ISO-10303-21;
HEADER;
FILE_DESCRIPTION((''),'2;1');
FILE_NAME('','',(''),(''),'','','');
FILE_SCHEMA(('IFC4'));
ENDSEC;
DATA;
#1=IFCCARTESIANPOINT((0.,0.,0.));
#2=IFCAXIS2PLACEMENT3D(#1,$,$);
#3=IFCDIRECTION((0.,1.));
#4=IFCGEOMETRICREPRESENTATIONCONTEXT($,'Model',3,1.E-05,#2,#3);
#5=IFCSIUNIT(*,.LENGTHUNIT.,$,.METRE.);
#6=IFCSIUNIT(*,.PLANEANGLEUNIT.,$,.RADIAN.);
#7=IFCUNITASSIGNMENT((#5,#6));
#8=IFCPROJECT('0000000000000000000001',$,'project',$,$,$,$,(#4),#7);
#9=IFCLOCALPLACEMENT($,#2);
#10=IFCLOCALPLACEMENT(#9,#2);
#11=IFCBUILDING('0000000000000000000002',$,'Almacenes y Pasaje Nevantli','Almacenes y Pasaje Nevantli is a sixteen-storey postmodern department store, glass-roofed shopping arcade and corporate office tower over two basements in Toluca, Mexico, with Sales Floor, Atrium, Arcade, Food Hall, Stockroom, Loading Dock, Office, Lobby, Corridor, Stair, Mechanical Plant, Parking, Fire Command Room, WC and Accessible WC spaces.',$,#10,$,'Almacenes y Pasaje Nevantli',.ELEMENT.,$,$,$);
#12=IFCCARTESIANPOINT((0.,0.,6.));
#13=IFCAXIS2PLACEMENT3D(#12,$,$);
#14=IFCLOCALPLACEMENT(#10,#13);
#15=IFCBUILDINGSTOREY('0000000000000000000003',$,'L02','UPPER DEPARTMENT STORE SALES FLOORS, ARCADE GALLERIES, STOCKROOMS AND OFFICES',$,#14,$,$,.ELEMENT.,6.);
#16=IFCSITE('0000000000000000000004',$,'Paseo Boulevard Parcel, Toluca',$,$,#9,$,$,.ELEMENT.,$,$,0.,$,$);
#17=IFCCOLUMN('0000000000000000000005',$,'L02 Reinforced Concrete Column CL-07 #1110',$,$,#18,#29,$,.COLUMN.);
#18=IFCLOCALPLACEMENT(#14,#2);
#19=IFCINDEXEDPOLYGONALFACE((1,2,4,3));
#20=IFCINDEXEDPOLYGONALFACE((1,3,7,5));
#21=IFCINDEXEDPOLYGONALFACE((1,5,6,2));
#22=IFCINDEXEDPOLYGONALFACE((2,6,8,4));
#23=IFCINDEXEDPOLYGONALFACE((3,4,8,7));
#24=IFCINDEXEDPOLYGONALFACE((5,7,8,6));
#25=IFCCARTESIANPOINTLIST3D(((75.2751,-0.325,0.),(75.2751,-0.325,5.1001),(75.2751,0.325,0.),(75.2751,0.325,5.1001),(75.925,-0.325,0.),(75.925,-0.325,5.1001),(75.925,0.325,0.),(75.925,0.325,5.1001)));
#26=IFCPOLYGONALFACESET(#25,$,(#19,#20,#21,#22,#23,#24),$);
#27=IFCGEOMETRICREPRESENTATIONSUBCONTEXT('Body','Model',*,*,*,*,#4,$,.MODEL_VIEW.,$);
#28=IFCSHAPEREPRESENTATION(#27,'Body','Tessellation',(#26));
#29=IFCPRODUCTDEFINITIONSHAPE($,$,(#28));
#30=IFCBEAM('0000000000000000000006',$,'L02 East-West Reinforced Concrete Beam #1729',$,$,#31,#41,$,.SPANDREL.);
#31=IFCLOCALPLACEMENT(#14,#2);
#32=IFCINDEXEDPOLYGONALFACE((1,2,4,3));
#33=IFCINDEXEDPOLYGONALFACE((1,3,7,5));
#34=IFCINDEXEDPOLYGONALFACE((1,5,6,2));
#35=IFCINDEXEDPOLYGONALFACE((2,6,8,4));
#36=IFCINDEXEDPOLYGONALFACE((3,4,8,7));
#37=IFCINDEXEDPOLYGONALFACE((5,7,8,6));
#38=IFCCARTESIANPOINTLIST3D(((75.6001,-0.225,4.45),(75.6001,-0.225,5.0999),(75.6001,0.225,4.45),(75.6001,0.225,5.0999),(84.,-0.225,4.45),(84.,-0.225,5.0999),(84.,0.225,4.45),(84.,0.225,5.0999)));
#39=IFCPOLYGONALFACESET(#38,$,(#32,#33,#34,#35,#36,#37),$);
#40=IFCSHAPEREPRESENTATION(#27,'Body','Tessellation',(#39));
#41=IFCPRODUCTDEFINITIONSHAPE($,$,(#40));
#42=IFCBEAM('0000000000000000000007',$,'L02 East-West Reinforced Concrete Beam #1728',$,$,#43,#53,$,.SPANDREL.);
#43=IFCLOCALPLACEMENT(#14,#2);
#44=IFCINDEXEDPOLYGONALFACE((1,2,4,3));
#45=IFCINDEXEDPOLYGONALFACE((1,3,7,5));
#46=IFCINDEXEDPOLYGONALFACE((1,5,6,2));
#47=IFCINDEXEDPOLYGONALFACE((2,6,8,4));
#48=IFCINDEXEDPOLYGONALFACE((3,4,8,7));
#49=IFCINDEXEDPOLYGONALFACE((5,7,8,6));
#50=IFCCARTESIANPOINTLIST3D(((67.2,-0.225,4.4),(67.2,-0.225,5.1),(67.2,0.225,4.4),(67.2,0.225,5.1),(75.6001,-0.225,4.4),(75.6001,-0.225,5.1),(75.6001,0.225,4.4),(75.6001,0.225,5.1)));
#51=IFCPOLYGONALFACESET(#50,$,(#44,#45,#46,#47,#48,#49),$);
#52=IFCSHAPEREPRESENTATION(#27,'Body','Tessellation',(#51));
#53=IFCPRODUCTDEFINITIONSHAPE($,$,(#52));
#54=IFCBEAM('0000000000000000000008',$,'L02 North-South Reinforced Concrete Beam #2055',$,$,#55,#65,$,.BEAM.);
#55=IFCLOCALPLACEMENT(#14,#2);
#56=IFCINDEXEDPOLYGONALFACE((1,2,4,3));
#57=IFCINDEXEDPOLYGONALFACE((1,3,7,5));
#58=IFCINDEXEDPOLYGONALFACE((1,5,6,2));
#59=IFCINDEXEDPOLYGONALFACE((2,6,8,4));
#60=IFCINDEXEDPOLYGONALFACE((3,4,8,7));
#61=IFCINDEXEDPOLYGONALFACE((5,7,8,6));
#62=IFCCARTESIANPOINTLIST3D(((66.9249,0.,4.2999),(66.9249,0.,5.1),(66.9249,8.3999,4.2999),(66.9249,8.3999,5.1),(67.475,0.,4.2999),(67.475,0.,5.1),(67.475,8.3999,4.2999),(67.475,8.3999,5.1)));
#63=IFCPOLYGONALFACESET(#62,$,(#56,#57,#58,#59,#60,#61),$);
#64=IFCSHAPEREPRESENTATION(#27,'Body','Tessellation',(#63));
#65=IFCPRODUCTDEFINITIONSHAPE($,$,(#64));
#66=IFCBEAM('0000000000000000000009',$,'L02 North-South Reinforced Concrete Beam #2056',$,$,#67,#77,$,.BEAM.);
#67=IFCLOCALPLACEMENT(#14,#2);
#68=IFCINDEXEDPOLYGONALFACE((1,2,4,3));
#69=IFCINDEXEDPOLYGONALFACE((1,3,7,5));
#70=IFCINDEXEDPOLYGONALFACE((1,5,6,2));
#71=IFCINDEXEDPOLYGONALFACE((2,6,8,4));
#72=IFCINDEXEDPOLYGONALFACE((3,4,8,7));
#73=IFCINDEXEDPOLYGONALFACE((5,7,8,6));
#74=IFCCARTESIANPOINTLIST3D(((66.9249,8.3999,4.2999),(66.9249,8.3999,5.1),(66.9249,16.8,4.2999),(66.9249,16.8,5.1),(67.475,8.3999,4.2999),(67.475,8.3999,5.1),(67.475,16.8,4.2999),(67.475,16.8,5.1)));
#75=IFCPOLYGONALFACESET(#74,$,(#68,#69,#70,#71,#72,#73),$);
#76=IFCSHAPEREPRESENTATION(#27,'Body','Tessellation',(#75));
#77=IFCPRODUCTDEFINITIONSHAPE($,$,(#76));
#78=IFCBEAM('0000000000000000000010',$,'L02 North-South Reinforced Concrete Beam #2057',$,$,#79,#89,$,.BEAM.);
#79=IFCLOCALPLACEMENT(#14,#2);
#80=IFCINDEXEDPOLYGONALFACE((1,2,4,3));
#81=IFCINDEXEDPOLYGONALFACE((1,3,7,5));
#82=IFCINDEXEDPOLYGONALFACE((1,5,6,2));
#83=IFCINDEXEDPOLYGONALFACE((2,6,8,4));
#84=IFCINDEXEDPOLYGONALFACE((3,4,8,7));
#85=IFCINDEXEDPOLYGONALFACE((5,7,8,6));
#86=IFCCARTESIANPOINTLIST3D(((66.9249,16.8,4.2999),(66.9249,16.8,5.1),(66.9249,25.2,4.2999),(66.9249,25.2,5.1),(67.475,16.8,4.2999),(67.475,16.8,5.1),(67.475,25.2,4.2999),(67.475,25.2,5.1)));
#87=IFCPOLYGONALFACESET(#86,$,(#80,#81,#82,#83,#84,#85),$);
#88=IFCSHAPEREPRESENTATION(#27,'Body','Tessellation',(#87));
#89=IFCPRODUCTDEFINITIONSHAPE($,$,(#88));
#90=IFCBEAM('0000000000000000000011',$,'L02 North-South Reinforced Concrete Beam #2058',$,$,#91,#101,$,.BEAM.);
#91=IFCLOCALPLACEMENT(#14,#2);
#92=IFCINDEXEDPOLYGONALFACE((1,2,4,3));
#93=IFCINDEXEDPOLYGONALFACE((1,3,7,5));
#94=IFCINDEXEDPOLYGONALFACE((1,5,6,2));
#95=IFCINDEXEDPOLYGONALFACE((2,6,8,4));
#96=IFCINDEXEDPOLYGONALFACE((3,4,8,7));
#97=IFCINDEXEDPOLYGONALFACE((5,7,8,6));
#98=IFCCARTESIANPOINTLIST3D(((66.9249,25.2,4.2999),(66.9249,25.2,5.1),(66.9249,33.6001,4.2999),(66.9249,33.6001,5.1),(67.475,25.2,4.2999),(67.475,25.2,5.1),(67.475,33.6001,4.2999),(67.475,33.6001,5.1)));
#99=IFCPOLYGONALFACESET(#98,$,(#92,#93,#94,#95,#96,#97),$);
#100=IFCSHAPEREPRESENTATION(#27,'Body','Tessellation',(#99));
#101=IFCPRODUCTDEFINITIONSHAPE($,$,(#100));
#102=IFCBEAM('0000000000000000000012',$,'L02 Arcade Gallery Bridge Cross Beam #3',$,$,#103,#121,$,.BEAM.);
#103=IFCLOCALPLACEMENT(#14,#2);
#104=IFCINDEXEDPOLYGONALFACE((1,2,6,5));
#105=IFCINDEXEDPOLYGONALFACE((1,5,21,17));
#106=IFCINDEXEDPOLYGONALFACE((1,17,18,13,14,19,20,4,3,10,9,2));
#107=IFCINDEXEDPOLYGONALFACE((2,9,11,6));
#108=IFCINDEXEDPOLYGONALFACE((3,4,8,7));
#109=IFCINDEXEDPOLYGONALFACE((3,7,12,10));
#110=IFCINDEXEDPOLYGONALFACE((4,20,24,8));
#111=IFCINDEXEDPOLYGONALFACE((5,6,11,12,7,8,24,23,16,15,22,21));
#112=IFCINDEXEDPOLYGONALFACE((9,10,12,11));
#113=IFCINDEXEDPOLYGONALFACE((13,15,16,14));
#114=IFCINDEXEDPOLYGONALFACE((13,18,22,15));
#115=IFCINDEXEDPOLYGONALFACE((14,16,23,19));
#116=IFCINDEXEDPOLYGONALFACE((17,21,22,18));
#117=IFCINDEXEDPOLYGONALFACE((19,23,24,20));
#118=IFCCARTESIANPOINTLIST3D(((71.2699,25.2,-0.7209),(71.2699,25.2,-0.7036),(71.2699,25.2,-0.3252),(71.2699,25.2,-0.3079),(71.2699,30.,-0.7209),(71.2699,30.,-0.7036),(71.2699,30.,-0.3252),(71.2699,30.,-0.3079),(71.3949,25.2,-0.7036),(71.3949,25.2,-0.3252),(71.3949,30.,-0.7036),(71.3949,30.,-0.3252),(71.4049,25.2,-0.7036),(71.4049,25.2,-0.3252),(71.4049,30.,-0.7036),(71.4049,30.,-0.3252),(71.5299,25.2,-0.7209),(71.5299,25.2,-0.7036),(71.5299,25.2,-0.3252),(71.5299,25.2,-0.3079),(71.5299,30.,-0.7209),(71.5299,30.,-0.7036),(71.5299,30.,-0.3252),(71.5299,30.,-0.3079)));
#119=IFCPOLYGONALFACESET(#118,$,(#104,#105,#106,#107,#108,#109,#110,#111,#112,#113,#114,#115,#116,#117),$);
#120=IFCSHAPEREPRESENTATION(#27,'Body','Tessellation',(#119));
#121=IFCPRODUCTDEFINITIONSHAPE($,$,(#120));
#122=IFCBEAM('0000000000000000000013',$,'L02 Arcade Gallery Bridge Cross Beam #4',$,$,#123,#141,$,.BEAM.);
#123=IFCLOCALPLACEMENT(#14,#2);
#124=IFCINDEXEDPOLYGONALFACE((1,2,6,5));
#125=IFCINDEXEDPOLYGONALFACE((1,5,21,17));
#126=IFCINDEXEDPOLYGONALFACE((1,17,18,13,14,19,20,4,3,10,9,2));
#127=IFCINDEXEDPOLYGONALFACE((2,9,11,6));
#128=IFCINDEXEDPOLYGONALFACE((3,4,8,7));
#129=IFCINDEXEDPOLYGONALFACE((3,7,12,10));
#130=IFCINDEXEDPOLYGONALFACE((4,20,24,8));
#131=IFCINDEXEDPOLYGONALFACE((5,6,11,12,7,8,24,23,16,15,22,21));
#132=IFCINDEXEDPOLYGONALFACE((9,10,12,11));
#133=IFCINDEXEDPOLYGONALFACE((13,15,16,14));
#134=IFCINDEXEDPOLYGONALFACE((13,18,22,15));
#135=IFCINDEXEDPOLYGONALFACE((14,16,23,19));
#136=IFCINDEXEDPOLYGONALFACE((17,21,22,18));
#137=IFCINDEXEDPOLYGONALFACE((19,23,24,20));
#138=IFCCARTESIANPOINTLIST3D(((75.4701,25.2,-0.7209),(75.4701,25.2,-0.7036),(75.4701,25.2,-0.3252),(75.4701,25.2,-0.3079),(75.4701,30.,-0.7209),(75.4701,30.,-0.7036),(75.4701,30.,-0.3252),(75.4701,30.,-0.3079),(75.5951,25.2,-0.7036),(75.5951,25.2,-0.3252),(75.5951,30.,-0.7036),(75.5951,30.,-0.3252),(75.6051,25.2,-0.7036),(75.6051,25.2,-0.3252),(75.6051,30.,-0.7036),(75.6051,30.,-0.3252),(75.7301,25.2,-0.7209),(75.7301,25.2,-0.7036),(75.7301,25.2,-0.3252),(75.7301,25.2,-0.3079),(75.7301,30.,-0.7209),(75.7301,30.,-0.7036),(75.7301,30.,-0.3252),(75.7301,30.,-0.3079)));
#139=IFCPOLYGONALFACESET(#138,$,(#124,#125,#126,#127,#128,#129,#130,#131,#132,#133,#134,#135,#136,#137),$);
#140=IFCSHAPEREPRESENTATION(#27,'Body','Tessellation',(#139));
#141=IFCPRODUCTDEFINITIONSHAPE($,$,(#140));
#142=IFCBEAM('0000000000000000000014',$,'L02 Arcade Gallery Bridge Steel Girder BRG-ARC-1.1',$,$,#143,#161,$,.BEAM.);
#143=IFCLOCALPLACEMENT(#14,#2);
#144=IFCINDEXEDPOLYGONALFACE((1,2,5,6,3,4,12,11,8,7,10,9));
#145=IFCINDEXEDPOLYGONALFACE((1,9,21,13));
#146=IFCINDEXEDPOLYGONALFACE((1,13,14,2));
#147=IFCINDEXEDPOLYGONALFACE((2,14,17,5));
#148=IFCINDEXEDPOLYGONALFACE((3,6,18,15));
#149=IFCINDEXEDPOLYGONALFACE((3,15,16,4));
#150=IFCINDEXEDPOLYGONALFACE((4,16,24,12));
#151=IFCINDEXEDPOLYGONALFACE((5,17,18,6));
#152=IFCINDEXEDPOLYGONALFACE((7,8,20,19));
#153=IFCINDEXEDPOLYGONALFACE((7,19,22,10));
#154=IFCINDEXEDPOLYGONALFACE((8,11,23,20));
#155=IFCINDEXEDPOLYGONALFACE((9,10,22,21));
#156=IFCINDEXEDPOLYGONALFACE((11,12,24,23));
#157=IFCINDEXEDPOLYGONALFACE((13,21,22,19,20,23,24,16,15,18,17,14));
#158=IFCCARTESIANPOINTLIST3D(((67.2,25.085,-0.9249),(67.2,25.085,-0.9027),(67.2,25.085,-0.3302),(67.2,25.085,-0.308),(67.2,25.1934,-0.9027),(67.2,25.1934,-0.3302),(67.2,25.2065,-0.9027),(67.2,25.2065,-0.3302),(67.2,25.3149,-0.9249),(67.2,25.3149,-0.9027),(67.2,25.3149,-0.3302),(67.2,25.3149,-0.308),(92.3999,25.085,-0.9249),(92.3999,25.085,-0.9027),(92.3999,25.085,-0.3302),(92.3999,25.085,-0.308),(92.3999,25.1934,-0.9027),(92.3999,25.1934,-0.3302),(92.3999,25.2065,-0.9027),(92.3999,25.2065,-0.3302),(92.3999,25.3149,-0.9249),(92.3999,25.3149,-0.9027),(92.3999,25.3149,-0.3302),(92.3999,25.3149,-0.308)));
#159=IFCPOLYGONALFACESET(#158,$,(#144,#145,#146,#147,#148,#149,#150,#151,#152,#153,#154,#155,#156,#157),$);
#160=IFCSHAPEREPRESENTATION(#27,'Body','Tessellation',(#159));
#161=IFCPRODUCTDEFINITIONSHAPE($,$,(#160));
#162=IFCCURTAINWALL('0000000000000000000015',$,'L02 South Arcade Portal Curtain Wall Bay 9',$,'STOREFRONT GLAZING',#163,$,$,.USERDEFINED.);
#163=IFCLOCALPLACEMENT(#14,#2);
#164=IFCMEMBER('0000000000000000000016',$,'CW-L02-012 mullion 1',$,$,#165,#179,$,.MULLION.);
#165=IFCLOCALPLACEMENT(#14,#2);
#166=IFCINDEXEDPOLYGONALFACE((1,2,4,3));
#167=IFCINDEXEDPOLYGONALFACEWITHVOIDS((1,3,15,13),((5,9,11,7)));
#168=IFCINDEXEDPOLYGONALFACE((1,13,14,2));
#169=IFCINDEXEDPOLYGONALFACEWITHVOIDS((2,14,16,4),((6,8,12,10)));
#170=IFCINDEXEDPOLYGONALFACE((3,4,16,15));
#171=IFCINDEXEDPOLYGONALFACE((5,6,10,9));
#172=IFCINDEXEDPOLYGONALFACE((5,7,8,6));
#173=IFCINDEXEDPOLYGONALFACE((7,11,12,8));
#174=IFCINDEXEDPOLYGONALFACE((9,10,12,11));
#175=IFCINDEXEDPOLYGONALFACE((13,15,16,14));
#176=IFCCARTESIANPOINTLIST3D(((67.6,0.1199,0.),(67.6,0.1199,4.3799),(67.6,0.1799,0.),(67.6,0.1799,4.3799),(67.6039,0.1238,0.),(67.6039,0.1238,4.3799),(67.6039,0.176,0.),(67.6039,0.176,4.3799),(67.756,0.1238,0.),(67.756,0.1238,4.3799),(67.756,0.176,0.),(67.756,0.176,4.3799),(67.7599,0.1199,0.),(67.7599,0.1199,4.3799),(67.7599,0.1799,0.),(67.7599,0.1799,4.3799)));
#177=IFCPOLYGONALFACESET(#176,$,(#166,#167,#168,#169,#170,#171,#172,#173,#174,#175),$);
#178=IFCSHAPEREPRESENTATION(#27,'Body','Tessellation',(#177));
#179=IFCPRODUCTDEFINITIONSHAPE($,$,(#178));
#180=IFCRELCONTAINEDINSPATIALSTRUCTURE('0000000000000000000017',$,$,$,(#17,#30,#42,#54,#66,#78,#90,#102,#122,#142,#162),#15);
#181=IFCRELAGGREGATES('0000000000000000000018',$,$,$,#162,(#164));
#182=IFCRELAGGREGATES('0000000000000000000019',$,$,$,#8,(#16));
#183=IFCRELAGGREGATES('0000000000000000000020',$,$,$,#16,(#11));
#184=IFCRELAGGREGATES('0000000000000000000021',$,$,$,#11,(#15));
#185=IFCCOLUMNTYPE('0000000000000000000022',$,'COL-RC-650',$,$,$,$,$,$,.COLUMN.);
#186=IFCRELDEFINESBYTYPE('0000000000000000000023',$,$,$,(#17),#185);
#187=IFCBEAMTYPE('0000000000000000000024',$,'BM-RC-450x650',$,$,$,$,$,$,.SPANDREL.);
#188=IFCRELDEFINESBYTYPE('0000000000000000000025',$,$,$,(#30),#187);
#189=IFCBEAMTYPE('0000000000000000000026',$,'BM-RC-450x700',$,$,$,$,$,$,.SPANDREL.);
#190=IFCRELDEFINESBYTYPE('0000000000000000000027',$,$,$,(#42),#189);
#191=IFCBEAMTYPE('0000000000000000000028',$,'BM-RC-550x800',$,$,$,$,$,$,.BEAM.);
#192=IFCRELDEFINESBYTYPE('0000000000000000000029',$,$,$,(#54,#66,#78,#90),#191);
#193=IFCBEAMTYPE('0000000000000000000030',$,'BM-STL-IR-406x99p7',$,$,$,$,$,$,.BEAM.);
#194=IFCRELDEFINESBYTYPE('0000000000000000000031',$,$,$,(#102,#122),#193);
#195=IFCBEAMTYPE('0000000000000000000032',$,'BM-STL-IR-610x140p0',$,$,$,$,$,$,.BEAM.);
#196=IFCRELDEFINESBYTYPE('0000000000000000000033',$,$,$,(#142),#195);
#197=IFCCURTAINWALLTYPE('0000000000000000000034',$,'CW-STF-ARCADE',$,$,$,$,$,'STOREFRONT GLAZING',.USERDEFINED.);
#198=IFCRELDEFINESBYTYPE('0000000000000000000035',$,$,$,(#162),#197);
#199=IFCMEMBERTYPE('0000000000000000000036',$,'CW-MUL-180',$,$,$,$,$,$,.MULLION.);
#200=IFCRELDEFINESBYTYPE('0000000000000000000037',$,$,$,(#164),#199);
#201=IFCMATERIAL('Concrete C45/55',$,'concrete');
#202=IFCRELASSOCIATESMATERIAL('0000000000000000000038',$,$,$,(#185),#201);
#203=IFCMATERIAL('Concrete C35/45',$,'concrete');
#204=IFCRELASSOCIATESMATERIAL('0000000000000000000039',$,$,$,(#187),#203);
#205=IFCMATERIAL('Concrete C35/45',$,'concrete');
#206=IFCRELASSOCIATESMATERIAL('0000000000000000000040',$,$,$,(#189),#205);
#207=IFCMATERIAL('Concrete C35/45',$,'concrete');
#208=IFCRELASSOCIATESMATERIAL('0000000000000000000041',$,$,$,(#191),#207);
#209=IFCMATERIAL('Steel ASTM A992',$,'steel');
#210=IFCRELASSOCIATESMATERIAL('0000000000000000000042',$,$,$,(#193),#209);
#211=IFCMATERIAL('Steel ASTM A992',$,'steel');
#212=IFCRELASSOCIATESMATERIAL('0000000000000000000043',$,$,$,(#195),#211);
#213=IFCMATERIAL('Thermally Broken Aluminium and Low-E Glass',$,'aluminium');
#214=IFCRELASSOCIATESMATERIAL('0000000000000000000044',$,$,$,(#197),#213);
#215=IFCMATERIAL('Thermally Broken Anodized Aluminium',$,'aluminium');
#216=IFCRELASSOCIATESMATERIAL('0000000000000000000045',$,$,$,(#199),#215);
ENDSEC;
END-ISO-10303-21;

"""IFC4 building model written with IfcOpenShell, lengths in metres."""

from ifc_helpers import new_model, si_unit, direction, frame, origin, origin_2d, place, context, subcontext, project, spatial, rectangle, hollow_rectangle, i_section, extrude, material, material_profile, profile_set, type_object, element, aggregate, save


model = new_model("IFC4")

# Units and contexts
model_context = context("Model", 3, precision=1e-05, world=origin(), true_north=direction((0.0, 1.0)))
body_context = subcontext(model_context, "Body", "Model", "MODEL_VIEW")
ifc_project = project(units=[si_unit("LENGTHUNIT", "METRE"), si_unit("PLANEANGLEUNIT", "RADIAN")], contexts=[model_context])

# Site, building, storey
site_placement = place(None, origin())
site = spatial("IfcSite", under=ifc_project, at=site_placement, Name="Paseo Boulevard Parcel, Toluca", CompositionType="ELEMENT", RefElevation=0.0)
building_placement = place(site_placement, origin())
building = spatial("IfcBuilding", under=site, at=building_placement, Name="Almacenes y Pasaje Nevantli", Description="Almacenes y Pasaje Nevantli is a sixteen-storey postmodern department store, glass-roofed shopping arcade and corporate office tower over two basements in Toluca, Mexico, with Sales Floor, Atrium, Arcade, Food Hall, Stockroom, Loading Dock, Office, Lobby, Corridor, Stair, Mechanical Plant, Parking, Fire Command Room, WC and Accessible WC spaces.", LongName="Almacenes y Pasaje Nevantli", CompositionType="ELEMENT")
storey_placement = place(building_placement, frame((0.0, 0.0, 6.0)))
storey = spatial("IfcBuildingStorey", under=building, at=storey_placement, Name="L02", Description="UPPER DEPARTMENT STORE SALES FLOORS, ARCADE GALLERIES, STOCKROOMS AND OFFICES", CompositionType="ELEMENT", Elevation=6.0)

# Column
ifc_material_1 = material(Name="Concrete C45/55", Category="concrete")
ifc_material_profile_1 = material_profile(ifc_material_1, rectangle(XDim=0.6499, YDim=0.6499, at=origin_2d()), Name="RC-COL-650x650")
ifc_profile_set_1 = profile_set([ifc_material_profile_1], Name="Concrete C45/55")
column_type = type_object("IfcColumnType", Name="COL-RC-650", PredefinedType="COLUMN", material=ifc_profile_set_1)
column_placement = place(storey_placement, frame((75.6001, 0.0, 0.0), z_axis=(0.0, 0.0, 1.0), x_axis=(1.0, 0.0, 0.0)))
element("IfcColumn", 1, at=column_placement, inside=storey, type_object=column_type, Name="L02 Reinforced Concrete Column CL-07 #1110", PredefinedType="COLUMN", context=body_context, shape_type="SweptSolid", body=[
    extrude(rectangle(XDim=0.6499, YDim=0.6499, at=origin_2d()), origin(), (0.0, 0.0, 1.0), 5.1001),
])

# Beams
ifc_material_2 = material(Name="Concrete C35/45", Category="concrete")
ifc_material_profile_2 = material_profile(ifc_material_2, rectangle(XDim=0.45, YDim=0.6499, at=origin_2d()), Name="RC-BM-450x650")
ifc_profile_set_2 = profile_set([ifc_material_profile_2], Name="Concrete C35/45")
beam_type_1 = type_object("IfcBeamType", Name="BM-RC-450x650", PredefinedType="SPANDREL", material=ifc_profile_set_2)
beam_1_placement = place(storey_placement, frame((75.6001, 0.0, 4.7749), z_axis=(1.0, 0.0, 0.0), x_axis=(0.0, 1.0, 0.0)))
element("IfcBeam", 2, at=beam_1_placement, inside=storey, type_object=beam_type_1, Name="L02 East-West Reinforced Concrete Beam #1729", PredefinedType="SPANDREL", context=body_context, shape_type="SweptSolid", body=[
    extrude(rectangle(XDim=0.45, YDim=0.6499, at=origin_2d()), origin(), (0.0, 0.0, 1.0), 8.3999),
])
ifc_material_3 = material(Name="Concrete C35/45", Category="concrete")
ifc_material_profile_3 = material_profile(ifc_material_3, rectangle(XDim=0.45, YDim=0.7, at=origin_2d()), Name="RC-BM-450x700")
ifc_profile_set_3 = profile_set([ifc_material_profile_3], Name="Concrete C35/45")
beam_type_2 = type_object("IfcBeamType", Name="BM-RC-450x700", PredefinedType="SPANDREL", material=ifc_profile_set_3)
beam_2_placement = place(storey_placement, frame((67.2, 0.0, 4.75), z_axis=(1.0, 0.0, 0.0), x_axis=(0.0, 1.0, 0.0)))
element("IfcBeam", 3, at=beam_2_placement, inside=storey, type_object=beam_type_2, Name="L02 East-West Reinforced Concrete Beam #1728", PredefinedType="SPANDREL", context=body_context, shape_type="SweptSolid", body=[
    extrude(rectangle(XDim=0.45, YDim=0.7, at=origin_2d()), origin(), (0.0, 0.0, 1.0), 8.4001),
])
ifc_material_4 = material(Name="Concrete C35/45", Category="concrete")
ifc_material_profile_4 = material_profile(ifc_material_4, rectangle(XDim=0.55, YDim=0.8, at=origin_2d()), Name="RC-BM-550x800")
ifc_profile_set_4 = profile_set([ifc_material_profile_4], Name="Concrete C35/45")
beam_type_3 = type_object("IfcBeamType", Name="BM-RC-550x800", PredefinedType="BEAM", material=ifc_profile_set_4)
beam_3_placement = place(storey_placement, frame((67.2, 0.0, 4.7), z_axis=(0.0, 1.0, 0.0), x_axis=(-1.0, 0.0, 0.0)))
element("IfcBeam", 4, at=beam_3_placement, inside=storey, type_object=beam_type_3, Name="L02 North-South Reinforced Concrete Beam #2055", PredefinedType="BEAM", context=body_context, shape_type="SweptSolid", body=[
    extrude(rectangle(XDim=0.55, YDim=0.8, at=origin_2d()), origin(), (0.0, 0.0, 1.0), 8.3999),
])
beam_4_placement = place(storey_placement, frame((67.2, 8.3999, 4.7), z_axis=(0.0, 1.0, 0.0), x_axis=(-1.0, 0.0, 0.0)))
element("IfcBeam", 5, at=beam_4_placement, inside=storey, type_object=beam_type_3, Name="L02 North-South Reinforced Concrete Beam #2056", PredefinedType="BEAM", context=body_context, shape_type="SweptSolid", body=[
    extrude(rectangle(XDim=0.55, YDim=0.8, at=origin_2d()), origin(), (0.0, 0.0, 1.0), 8.4001),
])
beam_5_placement = place(storey_placement, frame((67.2, 16.8, 4.7), z_axis=(0.0, 1.0, 0.0), x_axis=(-1.0, 0.0, 0.0)))
element("IfcBeam", 6, at=beam_5_placement, inside=storey, type_object=beam_type_3, Name="L02 North-South Reinforced Concrete Beam #2057", PredefinedType="BEAM", context=body_context, shape_type="SweptSolid", body=[
    extrude(rectangle(XDim=0.55, YDim=0.8, at=origin_2d()), origin(), (0.0, 0.0, 1.0), 8.3999),
])
beam_6_placement = place(storey_placement, frame((67.2, 25.2, 4.7), z_axis=(0.0, 1.0, 0.0), x_axis=(-1.0, 0.0, 0.0)))
element("IfcBeam", 7, at=beam_6_placement, inside=storey, type_object=beam_type_3, Name="L02 North-South Reinforced Concrete Beam #2058", PredefinedType="BEAM", context=body_context, shape_type="SweptSolid", body=[
    extrude(rectangle(XDim=0.55, YDim=0.8, at=origin_2d()), origin(), (0.0, 0.0, 1.0), 8.4001),
])
ifc_material_5 = material(Name="Steel ASTM A992", Category="steel")
ifc_material_profile_5 = material_profile(ifc_material_5, i_section(OverallWidth=0.26, OverallDepth=0.4131, WebThickness=0.01, FlangeThickness=0.0173, at=origin_2d()), Name="IR 406x99.7")
ifc_profile_set_5 = profile_set([ifc_material_profile_5], Name="Steel ASTM A992")
beam_type_4 = type_object("IfcBeamType", Name="BM-STL-IR-406x99p7", PredefinedType="BEAM", material=ifc_profile_set_5)
for number, where, z_axis, x_axis, name in (
    (8, (71.3999, 25.2, -0.5144), (0.0, 1.0, 0.0), (-1.0, 0.0, 0.0), "L02 Arcade Gallery Bridge Cross Beam #3"),
    (9, (75.6001, 25.2, -0.5144), (0.0, 1.0, 0.0), (-1.0, 0.0, 0.0), "L02 Arcade Gallery Bridge Cross Beam #4"),
):
    element("IfcBeam", number, at=place(storey_placement, frame(where, z_axis=z_axis, x_axis=x_axis)), inside=storey, type_object=beam_type_4, Name=name, PredefinedType="BEAM", context=body_context, shape_type="SweptSolid", body=[
        extrude(i_section(OverallWidth=0.26, OverallDepth=0.4131, WebThickness=0.01, FlangeThickness=0.0173, at=origin_2d()), origin(), (0.0, 0.0, 1.0), 4.8),
    ])
ifc_material_6 = material(Name="Steel ASTM A992", Category="steel")
ifc_material_profile_6 = material_profile(ifc_material_6, i_section(OverallWidth=0.23, OverallDepth=0.6169, WebThickness=0.0132, FlangeThickness=0.0222, at=origin_2d()), Name="IR 610x140.0")
ifc_profile_set_6 = profile_set([ifc_material_profile_6], Name="Steel ASTM A992")
beam_type_5 = type_object("IfcBeamType", Name="BM-STL-IR-610x140p0", PredefinedType="BEAM", material=ifc_profile_set_6)
beam_7_placement = place(storey_placement, frame((67.2, 25.2, -0.6165), z_axis=(1.0, 0.0, 0.0), x_axis=(0.0, 1.0, 0.0)))
element("IfcBeam", 10, at=beam_7_placement, inside=storey, type_object=beam_type_5, Name="L02 Arcade Gallery Bridge Steel Girder BRG-ARC-1.1", PredefinedType="BEAM", context=body_context, shape_type="SweptSolid", body=[
    extrude(i_section(OverallWidth=0.23, OverallDepth=0.6169, WebThickness=0.0132, FlangeThickness=0.0222, at=origin_2d()), origin(), (0.0, 0.0, 1.0), 25.2),
])

# Curtain wall, member
ifc_material_7 = material(Name="Thermally Broken Aluminium and Low-E Glass", Category="aluminium")
curtain_wall_type = type_object("IfcCurtainWallType", Name="CW-STF-ARCADE", ElementType="STOREFRONT GLAZING", PredefinedType="USERDEFINED", material=ifc_material_7)
curtain_wall_1_placement = place(storey_placement, origin())
curtain_wall_1 = element("IfcCurtainWall", 11, at=curtain_wall_1_placement, inside=storey, type_object=curtain_wall_type, Name="L02 South Arcade Portal Curtain Wall Bay 9", ObjectType="STOREFRONT GLAZING", PredefinedType="USERDEFINED")
ifc_material_8 = material(Name="Thermally Broken Anodized Aluminium", Category="aluminium")
ifc_material_profile_7 = material_profile(ifc_material_8, hollow_rectangle(XDim=0.0601, YDim=0.1599, WallThickness=0.0039, at=origin_2d()), Name="ALU-MUL-60x160")
ifc_profile_set_7 = profile_set([ifc_material_profile_7], Name="Thermally Broken Anodized Aluminium")
member_type_1 = type_object("IfcMemberType", Name="CW-MUL-180", PredefinedType="MULLION", material=ifc_profile_set_7)
member_1_placement = place(storey_placement, frame((67.6799, 0.1499, 0.0), z_axis=(0.0, 0.0, 1.0), x_axis=(0.0, 1.0, 0.0)))
member_1 = element("IfcMember", 12, at=member_1_placement, type_object=member_type_1, Name="CW-L02-012 mullion 1", PredefinedType="MULLION", context=body_context, shape_type="SweptSolid", body=[
    extrude(hollow_rectangle(XDim=0.0601, YDim=0.1599, WallThickness=0.0039, at=origin_2d()), origin(), (0.0, 0.0, 1.0), 4.3799),
])

aggregate(curtain_wall_1, [member_1])

save(model, "model.ifc")
